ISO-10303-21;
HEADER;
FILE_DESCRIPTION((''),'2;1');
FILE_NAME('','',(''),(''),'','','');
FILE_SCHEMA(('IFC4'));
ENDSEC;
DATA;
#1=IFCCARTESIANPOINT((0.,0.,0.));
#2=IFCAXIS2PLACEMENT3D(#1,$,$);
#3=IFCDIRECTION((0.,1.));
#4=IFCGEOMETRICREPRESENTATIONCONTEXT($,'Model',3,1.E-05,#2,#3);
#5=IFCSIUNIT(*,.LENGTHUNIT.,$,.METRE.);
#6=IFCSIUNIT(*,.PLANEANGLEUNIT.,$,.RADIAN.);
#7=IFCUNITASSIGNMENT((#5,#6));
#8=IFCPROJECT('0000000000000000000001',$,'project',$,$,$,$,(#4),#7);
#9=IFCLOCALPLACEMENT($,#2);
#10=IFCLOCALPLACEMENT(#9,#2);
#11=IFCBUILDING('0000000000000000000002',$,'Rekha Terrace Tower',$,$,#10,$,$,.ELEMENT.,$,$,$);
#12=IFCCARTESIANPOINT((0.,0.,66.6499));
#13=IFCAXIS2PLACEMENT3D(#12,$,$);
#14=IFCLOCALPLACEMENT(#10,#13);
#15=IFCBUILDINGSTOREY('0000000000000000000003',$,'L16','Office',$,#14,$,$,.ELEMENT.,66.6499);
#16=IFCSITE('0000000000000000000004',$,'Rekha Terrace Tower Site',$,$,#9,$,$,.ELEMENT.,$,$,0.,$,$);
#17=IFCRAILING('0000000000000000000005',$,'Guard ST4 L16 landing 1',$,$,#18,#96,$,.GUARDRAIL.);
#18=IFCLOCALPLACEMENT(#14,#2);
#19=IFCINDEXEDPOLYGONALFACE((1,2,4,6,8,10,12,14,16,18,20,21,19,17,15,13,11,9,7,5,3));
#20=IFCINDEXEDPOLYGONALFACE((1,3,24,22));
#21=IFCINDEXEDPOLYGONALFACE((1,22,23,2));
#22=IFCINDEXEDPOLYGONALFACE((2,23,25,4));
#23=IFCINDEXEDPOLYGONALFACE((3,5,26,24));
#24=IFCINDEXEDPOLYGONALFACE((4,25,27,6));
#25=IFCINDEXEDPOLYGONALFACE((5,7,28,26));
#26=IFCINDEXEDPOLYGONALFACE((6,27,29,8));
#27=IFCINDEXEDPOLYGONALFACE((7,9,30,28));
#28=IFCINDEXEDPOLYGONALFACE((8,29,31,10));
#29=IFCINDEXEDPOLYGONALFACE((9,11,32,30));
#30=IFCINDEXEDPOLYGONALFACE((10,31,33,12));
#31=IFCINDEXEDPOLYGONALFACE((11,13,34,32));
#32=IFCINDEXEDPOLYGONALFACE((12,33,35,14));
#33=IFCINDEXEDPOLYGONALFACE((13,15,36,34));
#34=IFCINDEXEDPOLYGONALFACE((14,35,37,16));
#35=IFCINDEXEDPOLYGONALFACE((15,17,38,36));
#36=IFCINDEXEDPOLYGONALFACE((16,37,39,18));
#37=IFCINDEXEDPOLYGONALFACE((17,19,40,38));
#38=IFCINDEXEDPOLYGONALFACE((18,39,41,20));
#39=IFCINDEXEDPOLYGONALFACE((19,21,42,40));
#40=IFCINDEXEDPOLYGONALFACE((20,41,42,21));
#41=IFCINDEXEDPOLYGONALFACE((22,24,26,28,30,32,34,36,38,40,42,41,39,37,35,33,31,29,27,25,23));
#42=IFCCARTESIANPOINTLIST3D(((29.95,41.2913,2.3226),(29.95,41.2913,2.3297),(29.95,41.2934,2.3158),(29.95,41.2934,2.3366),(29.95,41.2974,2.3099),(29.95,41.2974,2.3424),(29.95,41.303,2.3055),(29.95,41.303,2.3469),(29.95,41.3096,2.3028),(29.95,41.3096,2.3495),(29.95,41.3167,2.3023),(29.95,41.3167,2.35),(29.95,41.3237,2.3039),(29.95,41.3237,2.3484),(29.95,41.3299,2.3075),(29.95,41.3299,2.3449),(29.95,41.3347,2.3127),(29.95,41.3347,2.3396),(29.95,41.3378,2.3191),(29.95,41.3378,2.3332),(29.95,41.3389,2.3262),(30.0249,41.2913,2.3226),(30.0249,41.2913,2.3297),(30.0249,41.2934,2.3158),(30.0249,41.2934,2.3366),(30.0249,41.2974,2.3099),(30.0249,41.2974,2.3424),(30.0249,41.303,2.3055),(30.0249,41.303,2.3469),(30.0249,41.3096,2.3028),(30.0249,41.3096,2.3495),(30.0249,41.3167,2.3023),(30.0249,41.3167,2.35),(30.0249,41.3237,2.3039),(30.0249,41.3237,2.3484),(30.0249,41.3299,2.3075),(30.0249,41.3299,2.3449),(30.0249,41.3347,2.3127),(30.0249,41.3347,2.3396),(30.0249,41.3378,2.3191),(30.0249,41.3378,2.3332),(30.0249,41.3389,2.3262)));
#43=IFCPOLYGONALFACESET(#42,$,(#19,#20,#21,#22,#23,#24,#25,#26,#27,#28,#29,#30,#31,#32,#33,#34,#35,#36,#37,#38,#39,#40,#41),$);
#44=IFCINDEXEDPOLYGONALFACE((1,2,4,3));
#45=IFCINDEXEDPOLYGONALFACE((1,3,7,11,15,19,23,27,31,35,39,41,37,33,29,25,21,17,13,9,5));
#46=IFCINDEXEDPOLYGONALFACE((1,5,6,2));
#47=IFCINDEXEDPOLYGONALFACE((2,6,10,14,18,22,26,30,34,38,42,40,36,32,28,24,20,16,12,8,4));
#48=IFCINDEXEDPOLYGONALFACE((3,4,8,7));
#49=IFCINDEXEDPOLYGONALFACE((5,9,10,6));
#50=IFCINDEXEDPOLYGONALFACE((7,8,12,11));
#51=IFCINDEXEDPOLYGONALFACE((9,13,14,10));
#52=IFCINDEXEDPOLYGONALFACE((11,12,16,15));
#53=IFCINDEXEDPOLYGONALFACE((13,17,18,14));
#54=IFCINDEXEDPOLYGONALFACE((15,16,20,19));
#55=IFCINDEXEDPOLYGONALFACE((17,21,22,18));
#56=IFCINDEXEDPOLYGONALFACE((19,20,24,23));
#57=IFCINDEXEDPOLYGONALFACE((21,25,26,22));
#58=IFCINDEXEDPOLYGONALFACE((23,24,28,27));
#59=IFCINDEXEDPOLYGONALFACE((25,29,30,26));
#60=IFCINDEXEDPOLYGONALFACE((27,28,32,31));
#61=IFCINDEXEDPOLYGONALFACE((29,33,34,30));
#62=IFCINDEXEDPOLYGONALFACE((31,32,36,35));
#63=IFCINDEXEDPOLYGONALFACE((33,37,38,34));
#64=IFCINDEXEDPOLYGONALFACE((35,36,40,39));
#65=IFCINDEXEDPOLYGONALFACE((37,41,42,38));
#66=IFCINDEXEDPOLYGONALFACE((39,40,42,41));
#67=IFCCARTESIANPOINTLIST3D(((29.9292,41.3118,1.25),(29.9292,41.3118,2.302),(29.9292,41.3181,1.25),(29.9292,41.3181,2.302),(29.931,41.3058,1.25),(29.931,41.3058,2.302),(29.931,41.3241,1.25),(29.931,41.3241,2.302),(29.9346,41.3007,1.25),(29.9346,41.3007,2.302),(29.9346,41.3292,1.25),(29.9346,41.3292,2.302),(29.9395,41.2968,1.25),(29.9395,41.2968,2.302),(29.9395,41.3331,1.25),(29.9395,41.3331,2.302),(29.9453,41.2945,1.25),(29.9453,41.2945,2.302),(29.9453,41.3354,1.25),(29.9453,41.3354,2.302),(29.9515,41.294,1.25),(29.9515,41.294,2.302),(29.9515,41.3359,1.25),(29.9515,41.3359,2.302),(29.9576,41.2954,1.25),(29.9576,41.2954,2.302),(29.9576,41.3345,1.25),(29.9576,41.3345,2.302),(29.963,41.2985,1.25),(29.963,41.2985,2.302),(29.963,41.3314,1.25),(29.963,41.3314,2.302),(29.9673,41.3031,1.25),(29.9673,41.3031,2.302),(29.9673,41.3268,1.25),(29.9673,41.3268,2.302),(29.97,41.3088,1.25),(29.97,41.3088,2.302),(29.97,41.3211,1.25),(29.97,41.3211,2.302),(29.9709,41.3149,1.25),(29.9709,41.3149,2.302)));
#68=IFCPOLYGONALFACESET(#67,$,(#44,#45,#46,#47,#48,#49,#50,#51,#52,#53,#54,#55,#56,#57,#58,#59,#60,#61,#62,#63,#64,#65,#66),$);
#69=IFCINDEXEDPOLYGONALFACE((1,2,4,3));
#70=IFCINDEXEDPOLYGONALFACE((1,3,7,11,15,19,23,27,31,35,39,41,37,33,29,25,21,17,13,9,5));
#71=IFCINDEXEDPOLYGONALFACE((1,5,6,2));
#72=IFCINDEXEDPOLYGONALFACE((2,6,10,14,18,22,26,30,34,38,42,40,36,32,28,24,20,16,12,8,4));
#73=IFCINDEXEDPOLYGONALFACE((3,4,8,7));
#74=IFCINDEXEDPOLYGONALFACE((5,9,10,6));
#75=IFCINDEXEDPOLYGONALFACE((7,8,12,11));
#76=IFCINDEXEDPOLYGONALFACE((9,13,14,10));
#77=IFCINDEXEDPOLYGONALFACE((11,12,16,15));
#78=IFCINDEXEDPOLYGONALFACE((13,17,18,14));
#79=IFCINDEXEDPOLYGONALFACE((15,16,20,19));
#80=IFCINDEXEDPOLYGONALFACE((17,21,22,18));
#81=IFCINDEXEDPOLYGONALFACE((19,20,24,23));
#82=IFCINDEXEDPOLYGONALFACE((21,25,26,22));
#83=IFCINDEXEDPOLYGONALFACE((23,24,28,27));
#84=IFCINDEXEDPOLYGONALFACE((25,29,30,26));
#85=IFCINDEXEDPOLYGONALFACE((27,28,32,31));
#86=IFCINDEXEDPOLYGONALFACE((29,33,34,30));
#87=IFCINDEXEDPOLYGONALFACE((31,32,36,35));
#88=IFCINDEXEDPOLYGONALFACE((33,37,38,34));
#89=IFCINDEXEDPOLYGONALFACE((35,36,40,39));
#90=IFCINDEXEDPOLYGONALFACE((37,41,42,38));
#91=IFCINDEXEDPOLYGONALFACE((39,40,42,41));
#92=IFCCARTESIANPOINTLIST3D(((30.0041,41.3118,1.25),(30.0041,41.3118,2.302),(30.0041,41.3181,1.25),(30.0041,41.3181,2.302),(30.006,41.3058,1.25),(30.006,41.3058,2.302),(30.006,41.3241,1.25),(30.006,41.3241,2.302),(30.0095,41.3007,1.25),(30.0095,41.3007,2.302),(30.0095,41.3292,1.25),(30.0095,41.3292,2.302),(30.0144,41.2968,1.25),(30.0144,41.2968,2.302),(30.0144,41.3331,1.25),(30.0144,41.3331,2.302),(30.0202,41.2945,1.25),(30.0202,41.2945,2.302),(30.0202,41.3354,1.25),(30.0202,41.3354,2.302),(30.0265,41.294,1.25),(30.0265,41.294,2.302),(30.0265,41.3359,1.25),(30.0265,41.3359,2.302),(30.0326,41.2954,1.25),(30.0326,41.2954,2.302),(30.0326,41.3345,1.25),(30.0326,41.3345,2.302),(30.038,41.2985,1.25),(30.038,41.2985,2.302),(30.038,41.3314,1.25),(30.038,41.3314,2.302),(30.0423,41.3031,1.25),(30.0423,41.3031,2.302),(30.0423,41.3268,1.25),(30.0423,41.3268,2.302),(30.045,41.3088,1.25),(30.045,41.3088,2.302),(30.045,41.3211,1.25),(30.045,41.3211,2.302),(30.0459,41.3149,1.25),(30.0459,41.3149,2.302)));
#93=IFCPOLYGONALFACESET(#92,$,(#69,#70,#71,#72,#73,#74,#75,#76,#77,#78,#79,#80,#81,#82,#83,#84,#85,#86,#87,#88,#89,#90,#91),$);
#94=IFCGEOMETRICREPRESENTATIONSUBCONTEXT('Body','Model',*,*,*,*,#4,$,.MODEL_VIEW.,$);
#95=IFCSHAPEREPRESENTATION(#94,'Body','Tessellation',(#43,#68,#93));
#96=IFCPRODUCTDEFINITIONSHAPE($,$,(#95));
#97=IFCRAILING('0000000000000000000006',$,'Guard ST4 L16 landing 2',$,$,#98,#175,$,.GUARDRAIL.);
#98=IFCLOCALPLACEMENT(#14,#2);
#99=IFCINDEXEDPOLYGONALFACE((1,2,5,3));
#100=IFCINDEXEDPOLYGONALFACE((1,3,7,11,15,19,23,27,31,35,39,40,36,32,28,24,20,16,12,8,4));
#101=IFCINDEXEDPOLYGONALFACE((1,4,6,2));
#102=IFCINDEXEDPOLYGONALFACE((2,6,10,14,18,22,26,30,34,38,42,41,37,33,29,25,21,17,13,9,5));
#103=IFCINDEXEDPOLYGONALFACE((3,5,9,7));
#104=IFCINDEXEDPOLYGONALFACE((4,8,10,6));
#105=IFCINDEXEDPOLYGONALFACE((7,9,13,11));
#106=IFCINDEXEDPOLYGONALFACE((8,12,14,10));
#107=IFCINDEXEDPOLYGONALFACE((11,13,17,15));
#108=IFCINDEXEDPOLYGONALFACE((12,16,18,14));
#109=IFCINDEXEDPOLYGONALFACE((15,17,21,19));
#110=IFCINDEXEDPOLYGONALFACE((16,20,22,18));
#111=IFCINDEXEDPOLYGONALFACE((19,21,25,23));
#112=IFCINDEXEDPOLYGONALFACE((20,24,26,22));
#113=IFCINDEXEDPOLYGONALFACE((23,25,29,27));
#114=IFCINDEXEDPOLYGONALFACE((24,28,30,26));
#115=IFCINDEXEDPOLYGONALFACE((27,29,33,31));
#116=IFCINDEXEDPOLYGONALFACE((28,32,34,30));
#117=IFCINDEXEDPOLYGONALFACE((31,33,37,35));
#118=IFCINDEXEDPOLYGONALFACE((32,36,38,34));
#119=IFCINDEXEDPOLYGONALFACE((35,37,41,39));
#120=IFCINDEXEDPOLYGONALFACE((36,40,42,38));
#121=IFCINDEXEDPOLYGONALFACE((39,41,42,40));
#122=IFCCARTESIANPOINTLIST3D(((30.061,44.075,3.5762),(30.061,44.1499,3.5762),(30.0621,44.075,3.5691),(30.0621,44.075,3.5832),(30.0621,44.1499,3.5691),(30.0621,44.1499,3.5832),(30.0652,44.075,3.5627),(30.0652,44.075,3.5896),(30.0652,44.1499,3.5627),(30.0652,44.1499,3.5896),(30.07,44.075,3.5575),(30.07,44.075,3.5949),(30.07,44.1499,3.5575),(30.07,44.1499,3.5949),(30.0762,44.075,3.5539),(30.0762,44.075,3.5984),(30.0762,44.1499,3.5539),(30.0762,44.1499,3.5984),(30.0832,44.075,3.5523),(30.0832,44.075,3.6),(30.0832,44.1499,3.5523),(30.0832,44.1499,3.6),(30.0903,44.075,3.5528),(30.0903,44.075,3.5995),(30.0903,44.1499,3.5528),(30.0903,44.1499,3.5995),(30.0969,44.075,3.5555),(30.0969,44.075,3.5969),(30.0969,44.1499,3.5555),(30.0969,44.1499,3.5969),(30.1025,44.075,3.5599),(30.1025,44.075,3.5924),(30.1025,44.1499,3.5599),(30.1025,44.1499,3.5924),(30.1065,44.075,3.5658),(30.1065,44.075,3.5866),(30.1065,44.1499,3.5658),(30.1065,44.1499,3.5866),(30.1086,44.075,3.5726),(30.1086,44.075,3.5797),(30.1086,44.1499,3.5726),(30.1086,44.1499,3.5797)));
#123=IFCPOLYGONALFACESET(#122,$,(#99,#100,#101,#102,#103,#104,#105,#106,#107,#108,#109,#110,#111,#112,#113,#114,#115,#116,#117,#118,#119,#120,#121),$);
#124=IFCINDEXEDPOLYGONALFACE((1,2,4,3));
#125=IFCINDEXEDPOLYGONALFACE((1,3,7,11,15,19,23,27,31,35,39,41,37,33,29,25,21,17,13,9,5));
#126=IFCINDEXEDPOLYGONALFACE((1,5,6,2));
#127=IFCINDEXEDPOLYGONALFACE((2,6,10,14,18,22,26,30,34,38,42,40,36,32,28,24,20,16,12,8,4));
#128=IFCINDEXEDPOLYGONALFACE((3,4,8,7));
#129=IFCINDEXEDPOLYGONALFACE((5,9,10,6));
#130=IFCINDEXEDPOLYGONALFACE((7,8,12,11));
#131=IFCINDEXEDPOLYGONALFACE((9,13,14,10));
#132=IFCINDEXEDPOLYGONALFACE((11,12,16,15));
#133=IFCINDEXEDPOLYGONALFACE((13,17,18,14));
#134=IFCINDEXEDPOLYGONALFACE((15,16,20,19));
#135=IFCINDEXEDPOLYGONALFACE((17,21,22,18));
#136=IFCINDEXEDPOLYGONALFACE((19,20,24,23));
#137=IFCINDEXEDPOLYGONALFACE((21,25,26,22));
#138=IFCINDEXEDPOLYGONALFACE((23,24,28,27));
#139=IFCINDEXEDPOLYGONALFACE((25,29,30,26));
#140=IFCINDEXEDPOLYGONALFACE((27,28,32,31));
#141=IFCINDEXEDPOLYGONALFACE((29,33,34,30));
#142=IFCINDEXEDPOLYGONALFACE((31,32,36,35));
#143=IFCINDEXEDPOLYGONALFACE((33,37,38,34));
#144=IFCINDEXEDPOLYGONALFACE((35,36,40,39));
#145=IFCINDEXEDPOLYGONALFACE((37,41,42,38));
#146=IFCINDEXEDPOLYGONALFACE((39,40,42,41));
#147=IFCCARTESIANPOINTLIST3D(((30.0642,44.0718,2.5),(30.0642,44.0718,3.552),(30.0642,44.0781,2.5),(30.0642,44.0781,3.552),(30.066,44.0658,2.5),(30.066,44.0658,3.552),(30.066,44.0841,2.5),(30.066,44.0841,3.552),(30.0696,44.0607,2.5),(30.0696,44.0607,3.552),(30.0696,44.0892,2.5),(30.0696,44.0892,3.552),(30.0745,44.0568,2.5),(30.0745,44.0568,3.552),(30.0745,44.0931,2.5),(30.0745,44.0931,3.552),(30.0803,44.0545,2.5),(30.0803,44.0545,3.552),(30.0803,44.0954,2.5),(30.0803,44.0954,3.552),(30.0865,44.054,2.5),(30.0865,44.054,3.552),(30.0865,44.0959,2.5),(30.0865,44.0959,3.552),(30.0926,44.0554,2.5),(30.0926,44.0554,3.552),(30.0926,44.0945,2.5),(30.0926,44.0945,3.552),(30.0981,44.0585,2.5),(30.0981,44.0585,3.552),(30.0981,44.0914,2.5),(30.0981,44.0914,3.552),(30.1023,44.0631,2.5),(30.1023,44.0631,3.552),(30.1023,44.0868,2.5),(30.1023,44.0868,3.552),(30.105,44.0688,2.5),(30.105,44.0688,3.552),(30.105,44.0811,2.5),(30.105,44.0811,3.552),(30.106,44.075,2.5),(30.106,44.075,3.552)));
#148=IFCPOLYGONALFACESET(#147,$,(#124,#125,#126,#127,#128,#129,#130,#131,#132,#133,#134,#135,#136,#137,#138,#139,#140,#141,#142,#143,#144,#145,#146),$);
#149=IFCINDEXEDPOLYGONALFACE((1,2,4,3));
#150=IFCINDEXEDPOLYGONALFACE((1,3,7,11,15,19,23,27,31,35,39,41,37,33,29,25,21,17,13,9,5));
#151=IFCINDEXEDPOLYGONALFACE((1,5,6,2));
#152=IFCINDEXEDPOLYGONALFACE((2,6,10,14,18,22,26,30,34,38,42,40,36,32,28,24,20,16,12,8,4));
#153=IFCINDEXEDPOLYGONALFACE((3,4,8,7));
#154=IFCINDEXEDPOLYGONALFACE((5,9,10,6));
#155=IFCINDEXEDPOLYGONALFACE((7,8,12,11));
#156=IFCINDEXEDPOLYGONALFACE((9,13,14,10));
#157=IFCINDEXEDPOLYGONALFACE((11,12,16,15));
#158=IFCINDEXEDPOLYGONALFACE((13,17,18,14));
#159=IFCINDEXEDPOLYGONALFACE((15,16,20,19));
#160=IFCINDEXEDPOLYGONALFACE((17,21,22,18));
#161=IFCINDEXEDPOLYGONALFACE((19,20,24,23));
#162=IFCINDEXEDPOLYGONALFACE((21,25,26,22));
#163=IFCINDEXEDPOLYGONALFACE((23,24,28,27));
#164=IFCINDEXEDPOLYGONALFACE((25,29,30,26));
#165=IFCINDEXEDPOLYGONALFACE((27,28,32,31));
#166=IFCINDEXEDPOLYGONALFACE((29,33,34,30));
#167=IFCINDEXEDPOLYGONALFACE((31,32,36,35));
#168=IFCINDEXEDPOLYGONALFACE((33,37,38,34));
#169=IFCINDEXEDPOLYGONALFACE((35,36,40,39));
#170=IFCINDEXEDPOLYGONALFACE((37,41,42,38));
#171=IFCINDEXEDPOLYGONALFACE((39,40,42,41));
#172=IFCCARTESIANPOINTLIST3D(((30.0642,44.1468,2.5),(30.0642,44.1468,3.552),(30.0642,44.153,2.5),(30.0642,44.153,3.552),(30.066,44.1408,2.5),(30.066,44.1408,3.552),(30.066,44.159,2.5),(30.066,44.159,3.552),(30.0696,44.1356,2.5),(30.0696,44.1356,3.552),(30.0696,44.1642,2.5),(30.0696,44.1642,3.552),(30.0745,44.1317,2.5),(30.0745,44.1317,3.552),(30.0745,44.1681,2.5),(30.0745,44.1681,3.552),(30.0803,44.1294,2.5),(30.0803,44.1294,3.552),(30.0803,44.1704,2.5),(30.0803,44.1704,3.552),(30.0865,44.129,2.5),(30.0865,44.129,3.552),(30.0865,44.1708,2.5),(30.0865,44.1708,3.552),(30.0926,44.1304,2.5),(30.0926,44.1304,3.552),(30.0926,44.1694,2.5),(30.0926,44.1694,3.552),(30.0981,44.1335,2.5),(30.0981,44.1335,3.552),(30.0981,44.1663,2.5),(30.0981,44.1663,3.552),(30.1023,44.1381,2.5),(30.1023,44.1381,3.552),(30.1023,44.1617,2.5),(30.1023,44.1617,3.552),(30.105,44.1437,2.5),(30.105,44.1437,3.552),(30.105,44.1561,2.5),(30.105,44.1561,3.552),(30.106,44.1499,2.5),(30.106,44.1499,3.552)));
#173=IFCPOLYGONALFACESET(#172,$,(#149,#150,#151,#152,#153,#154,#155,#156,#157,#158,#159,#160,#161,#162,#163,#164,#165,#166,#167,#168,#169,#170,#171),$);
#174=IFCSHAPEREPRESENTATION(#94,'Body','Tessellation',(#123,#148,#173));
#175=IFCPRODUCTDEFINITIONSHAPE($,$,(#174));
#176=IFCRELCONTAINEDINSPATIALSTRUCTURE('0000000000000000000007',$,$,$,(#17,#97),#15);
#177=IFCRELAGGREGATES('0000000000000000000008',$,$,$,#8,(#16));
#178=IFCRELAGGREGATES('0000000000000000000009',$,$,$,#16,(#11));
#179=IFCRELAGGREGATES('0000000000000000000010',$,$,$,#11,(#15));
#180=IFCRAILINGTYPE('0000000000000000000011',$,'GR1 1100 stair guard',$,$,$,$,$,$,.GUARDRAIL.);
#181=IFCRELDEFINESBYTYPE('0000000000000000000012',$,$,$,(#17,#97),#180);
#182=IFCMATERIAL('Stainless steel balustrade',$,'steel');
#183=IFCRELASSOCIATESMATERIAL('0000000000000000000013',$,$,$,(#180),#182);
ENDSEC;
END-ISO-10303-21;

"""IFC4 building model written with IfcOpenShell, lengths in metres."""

from ifc_helpers import new_model, si_unit, direction, frame, origin, origin_2d, place, context, subcontext, project, spatial, circle, extrude, material, type_object, element, save


model = new_model("IFC4")

# Units and contexts
model_context = context("Model", 3, precision=1e-05, world=origin(), true_north=direction((0.0, 1.0)))
body_context = subcontext(model_context, "Body", "Model", "MODEL_VIEW")
ifc_project = project(units=[si_unit("LENGTHUNIT", "METRE"), si_unit("PLANEANGLEUNIT", "RADIAN")], contexts=[model_context])

# Site, building, storey
site_placement = place(None, origin())
site = spatial("IfcSite", under=ifc_project, at=site_placement, Name="Rekha Terrace Tower Site", CompositionType="ELEMENT", RefElevation=0.0)
building_placement = place(site_placement, origin())
building = spatial("IfcBuilding", under=site, at=building_placement, Name="Rekha Terrace Tower", CompositionType="ELEMENT")
storey_placement = place(building_placement, frame((0.0, 0.0, 66.6499)))
storey = spatial("IfcBuildingStorey", under=building, at=storey_placement, Name="L16", Description="Office", CompositionType="ELEMENT", Elevation=66.6499)

# Railings
ifc_material_1 = material(Name="Stainless steel balustrade", Category="steel")
railing_type_1 = type_object("IfcRailingType", Name="GR1 1100 stair guard", PredefinedType="GUARDRAIL", material=ifc_material_1)
railing_1_placement = place(storey_placement, frame((29.95, 41.3149, 1.25)))
element("IfcRailing", 1, at=railing_1_placement, inside=storey, type_object=railing_type_1, Name="Guard ST4 L16 landing 1", PredefinedType="GUARDRAIL", context=body_context, shape_type="SweptSolid", body=[
    extrude(circle(Radius=0.0239, at=origin_2d()), frame((0.0, 0.0, 1.0762), z_axis=(1.0, 0.0, 0.0), x_axis=(0.0, 1.0, 0.0)), (0.0, 0.0, 1.0), 0.075),
    extrude(circle(Radius=0.021, at=origin_2d()), origin(), (0.0, 0.0, 1.0), 1.052),
    extrude(circle(Radius=0.021, at=origin_2d()), frame((0.075, 0.0, 0.0)), (0.0, 0.0, 1.0), 1.052),
])
railing_2_placement = place(storey_placement, frame((30.085, 44.075, 2.5)))
element("IfcRailing", 2, at=railing_2_placement, inside=storey, type_object=railing_type_1, Name="Guard ST4 L16 landing 2", PredefinedType="GUARDRAIL", context=body_context, shape_type="SweptSolid", body=[
    extrude(circle(Radius=0.0239, at=origin_2d()), frame((0.0, 0.0, 1.0762), z_axis=(0.0, 1.0, 0.0), x_axis=(-1.0, 0.0, 0.0)), (0.0, 0.0, 1.0), 0.075),
    extrude(circle(Radius=0.021, at=origin_2d()), origin(), (0.0, 0.0, 1.0), 1.052),
    extrude(circle(Radius=0.021, at=origin_2d()), frame((0.0, 0.075, 0.0)), (0.0, 0.0, 1.0), 1.052),
])

save(model, "model.ifc")
